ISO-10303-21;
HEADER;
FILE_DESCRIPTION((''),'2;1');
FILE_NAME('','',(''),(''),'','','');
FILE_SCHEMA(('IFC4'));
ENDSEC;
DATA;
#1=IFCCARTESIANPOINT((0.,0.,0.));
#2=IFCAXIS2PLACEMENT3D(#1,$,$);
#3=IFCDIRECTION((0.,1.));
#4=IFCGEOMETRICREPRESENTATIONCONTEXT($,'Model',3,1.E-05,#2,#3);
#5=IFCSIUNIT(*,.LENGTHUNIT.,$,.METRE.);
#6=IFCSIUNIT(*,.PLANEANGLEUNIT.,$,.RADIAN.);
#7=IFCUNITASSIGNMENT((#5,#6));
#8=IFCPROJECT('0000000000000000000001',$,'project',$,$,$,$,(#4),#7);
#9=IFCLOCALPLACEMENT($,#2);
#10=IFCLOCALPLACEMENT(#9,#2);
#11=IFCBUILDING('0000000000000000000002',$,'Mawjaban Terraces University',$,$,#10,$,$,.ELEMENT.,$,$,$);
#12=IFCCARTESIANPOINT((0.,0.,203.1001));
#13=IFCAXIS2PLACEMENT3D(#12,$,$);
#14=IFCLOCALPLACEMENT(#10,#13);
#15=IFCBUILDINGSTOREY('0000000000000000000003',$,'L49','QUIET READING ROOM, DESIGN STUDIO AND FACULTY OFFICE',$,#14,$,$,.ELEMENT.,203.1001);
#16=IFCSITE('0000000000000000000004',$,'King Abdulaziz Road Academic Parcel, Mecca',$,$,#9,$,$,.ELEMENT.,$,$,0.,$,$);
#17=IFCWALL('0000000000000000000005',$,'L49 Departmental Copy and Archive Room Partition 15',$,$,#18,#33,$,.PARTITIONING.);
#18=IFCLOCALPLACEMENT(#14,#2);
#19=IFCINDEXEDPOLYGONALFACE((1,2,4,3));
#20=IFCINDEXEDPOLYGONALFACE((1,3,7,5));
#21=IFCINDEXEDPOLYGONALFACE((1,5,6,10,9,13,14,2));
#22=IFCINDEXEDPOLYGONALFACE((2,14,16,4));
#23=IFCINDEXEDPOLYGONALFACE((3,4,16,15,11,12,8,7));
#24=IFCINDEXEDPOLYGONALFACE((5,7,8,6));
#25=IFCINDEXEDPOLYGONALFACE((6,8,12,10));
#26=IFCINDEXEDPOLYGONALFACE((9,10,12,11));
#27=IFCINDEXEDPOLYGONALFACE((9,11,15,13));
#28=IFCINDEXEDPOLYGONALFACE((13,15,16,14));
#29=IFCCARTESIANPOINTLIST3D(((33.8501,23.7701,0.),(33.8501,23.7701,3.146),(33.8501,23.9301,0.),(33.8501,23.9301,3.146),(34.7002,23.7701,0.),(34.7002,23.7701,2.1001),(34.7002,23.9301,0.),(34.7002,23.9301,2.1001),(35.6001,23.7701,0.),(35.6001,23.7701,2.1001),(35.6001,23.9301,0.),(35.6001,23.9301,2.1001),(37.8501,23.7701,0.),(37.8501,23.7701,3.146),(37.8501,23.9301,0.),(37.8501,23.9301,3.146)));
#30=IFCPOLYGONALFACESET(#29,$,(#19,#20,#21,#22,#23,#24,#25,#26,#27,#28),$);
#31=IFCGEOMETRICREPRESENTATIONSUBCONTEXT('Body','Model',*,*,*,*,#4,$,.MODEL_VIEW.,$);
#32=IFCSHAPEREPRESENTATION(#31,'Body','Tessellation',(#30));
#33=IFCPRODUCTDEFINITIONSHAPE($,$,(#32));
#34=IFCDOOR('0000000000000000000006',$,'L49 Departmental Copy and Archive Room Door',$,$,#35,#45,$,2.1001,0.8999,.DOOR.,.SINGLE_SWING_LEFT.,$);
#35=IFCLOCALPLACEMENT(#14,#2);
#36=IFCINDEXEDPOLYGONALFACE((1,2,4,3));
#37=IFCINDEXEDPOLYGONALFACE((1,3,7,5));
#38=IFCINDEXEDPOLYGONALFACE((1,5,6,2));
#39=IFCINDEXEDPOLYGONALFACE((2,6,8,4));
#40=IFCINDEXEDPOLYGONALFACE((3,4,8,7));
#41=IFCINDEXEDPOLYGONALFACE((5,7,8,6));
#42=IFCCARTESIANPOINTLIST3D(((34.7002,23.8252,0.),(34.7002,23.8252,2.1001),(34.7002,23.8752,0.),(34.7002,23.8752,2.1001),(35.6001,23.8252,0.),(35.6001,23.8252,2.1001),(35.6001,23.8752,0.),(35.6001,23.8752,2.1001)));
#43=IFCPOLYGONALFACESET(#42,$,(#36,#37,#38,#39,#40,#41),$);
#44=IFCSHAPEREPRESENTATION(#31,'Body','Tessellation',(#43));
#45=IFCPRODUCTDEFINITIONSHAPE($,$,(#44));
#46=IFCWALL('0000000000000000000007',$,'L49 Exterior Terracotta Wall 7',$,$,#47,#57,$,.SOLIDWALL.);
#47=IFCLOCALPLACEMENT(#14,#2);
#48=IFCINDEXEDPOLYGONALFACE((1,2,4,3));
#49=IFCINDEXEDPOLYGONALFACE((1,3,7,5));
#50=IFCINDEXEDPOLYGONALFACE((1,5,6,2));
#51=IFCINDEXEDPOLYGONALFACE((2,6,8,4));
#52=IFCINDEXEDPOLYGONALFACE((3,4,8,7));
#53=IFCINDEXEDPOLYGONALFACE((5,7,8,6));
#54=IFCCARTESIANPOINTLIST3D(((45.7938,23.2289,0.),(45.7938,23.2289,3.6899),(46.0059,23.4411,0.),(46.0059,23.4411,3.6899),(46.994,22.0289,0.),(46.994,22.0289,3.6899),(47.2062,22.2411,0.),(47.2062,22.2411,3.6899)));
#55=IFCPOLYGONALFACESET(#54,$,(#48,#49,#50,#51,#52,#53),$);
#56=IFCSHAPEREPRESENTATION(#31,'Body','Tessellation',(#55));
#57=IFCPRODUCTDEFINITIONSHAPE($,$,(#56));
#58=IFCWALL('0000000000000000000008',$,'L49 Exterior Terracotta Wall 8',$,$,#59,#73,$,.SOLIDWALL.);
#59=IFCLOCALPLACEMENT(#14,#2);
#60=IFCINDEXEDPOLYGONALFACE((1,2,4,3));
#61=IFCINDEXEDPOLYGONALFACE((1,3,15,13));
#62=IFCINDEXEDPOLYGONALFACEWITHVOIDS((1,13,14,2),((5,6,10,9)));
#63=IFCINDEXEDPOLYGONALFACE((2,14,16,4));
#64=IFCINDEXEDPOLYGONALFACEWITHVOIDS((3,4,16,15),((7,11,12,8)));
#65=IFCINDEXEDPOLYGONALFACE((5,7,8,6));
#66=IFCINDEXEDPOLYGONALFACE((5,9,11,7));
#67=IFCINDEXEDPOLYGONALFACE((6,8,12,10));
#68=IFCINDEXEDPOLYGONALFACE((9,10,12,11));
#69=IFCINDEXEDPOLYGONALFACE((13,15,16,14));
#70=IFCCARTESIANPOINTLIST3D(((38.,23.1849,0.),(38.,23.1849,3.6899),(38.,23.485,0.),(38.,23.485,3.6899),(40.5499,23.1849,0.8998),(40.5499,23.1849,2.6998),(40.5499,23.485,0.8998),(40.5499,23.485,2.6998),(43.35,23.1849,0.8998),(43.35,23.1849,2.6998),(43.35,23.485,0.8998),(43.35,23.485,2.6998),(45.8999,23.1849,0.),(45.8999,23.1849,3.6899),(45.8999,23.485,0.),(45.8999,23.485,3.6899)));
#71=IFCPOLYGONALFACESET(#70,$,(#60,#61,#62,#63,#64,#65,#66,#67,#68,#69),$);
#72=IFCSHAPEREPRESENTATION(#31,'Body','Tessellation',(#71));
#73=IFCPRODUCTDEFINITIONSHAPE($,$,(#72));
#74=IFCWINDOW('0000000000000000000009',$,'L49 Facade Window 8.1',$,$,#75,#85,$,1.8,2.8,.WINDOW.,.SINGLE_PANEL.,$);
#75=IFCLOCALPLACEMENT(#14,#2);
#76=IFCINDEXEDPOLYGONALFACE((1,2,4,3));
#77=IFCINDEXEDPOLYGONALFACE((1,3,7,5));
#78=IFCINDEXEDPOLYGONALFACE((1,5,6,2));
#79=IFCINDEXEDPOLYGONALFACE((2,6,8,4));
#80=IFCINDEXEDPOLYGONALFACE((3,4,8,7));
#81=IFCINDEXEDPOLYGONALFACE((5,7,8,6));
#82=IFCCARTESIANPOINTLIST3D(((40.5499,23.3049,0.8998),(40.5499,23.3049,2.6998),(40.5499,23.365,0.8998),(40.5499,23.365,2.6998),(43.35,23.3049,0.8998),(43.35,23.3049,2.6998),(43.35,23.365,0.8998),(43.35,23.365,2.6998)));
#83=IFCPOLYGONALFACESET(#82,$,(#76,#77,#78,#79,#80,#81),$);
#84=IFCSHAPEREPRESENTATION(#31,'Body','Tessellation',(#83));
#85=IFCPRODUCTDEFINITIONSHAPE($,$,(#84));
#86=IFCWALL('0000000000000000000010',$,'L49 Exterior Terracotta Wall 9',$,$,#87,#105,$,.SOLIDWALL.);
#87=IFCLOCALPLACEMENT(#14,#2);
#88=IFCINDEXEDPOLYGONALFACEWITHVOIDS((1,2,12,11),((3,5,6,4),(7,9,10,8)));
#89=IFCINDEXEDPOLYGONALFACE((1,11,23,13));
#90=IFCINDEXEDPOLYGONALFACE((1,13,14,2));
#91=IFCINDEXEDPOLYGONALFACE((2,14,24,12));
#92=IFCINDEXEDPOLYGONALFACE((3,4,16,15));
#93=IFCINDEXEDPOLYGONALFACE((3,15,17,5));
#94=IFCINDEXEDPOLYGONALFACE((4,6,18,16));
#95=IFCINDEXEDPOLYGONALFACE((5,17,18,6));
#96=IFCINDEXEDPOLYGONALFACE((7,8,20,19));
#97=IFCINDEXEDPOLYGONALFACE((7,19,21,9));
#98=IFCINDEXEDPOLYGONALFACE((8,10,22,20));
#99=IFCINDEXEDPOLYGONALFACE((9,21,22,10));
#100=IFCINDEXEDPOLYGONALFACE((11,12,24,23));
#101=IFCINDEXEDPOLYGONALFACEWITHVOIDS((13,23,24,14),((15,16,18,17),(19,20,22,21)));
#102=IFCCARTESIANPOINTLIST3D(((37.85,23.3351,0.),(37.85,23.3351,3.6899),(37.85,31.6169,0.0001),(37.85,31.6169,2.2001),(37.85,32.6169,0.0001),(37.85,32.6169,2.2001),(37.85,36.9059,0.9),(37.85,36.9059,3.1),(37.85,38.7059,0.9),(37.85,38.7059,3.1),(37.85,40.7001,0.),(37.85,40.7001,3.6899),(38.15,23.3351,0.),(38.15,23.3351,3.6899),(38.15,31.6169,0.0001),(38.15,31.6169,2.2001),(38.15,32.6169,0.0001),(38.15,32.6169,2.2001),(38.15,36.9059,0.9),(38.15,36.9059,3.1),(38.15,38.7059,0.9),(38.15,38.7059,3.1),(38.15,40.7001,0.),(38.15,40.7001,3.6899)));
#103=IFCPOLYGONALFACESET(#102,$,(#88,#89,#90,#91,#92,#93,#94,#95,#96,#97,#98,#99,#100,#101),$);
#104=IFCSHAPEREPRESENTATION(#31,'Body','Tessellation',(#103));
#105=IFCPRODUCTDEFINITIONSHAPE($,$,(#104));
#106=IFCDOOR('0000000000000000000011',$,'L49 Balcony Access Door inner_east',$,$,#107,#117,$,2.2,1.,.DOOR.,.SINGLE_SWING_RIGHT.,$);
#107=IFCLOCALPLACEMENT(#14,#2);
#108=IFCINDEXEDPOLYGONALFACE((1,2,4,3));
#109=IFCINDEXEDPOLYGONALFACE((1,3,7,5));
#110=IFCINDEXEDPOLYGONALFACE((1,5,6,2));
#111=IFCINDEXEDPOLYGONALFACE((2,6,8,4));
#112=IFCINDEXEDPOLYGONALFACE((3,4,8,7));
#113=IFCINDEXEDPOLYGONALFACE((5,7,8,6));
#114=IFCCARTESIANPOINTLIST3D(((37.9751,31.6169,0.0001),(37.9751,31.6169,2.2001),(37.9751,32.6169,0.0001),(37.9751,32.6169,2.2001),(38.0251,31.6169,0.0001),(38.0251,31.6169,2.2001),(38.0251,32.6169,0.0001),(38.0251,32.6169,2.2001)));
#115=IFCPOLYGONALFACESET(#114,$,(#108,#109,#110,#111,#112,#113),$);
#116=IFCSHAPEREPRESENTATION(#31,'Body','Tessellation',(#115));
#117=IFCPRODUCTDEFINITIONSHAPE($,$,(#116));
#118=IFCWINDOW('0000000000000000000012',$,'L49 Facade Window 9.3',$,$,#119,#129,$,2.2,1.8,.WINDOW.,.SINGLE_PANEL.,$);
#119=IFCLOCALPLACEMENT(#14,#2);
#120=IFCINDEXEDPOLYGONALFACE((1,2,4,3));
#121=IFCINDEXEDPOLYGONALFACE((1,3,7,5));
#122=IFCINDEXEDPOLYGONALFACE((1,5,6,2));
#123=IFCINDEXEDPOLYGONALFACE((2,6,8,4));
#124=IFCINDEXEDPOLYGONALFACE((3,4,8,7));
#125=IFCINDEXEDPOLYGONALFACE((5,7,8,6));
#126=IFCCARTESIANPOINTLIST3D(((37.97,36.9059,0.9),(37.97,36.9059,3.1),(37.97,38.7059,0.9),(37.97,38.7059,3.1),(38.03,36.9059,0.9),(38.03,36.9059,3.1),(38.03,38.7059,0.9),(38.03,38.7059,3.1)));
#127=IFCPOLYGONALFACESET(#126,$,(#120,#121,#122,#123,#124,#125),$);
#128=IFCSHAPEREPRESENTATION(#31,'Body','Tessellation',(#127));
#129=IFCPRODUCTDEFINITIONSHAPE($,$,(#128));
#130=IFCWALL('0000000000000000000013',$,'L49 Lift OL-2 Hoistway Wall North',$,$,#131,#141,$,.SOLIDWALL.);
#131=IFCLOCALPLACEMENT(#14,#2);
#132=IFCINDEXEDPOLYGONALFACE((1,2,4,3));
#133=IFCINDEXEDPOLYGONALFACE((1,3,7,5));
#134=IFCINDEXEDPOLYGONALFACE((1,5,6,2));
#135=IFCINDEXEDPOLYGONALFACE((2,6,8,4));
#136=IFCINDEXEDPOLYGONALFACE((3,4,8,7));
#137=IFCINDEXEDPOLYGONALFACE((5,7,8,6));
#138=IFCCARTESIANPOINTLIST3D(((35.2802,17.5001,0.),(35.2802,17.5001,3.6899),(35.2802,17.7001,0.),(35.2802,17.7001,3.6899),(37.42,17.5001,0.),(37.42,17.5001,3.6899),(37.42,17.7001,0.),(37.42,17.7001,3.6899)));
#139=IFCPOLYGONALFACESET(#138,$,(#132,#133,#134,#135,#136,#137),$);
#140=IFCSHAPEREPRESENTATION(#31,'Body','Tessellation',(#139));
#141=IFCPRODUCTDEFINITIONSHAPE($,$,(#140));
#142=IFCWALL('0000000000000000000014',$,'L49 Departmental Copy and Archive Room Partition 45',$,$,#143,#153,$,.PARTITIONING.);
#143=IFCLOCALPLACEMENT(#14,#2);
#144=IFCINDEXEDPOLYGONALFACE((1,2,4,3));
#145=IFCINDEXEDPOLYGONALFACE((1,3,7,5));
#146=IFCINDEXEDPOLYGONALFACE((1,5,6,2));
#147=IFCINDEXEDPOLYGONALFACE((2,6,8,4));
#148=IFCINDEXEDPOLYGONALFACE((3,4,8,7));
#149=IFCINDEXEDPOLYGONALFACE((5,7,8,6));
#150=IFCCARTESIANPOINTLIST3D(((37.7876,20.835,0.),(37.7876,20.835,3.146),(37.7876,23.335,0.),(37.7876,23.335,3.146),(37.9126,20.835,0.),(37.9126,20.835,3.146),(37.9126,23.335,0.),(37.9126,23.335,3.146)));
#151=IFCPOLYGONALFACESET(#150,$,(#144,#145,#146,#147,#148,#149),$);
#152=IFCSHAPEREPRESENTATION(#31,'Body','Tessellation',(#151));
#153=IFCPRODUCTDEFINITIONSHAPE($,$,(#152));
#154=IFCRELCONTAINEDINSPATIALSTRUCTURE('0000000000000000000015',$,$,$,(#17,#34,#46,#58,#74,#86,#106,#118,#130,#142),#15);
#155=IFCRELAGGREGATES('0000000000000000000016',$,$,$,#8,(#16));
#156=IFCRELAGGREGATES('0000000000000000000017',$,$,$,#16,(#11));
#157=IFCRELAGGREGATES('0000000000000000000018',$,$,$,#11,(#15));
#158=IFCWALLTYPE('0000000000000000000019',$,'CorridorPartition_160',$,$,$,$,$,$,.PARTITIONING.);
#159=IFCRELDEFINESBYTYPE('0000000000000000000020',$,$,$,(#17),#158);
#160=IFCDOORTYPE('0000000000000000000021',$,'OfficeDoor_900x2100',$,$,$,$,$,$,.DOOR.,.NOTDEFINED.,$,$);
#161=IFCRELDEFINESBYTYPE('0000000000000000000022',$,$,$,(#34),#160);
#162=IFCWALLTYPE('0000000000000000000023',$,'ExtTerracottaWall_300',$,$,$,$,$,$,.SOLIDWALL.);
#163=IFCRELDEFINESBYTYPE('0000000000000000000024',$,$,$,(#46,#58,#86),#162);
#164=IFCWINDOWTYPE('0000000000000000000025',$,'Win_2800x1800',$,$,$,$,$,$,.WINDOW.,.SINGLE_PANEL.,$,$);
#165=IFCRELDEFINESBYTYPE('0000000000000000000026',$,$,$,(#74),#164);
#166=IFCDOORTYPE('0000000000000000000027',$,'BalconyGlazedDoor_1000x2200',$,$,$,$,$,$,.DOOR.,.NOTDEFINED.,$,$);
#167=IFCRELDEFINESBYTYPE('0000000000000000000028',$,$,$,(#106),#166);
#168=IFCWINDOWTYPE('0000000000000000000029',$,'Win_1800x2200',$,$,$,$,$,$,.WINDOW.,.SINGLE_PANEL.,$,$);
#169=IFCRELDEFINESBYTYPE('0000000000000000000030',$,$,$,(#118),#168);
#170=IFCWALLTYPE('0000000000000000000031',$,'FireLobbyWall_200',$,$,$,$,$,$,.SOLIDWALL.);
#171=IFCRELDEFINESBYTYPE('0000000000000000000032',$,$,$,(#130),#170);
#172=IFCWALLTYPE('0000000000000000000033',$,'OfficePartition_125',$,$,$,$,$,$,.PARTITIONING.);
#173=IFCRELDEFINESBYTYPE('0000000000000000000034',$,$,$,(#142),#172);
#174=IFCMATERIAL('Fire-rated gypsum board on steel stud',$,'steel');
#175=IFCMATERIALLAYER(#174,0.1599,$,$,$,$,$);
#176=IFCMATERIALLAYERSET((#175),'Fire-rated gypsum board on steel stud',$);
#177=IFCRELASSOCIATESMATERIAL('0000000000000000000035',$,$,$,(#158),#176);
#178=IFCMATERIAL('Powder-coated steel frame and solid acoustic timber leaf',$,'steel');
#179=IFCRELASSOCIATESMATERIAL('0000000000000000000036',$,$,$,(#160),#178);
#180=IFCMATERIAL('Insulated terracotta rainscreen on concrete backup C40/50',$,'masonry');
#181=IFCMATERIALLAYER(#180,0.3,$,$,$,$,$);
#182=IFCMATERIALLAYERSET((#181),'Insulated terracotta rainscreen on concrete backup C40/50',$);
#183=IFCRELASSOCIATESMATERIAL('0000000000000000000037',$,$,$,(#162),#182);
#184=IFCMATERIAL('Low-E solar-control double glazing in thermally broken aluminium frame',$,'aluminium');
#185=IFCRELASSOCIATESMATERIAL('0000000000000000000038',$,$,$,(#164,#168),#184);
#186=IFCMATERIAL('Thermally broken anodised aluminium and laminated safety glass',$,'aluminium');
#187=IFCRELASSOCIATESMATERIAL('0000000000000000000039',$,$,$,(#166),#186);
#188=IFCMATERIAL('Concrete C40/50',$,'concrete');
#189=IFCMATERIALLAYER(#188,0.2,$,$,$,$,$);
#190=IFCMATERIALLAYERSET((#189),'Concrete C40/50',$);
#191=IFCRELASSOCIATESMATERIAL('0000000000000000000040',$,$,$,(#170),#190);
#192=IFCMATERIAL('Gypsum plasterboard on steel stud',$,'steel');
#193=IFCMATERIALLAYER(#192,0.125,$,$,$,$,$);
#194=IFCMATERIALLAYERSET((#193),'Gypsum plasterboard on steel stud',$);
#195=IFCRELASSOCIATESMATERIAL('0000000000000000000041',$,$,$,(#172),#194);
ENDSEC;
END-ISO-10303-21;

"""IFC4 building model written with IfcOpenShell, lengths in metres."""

from ifc_helpers import new_model, si_unit, direction, frame, frame_2d, origin, place, context, subcontext, project, spatial, rectangle, extrude, material, layer, layer_set, type_object, element, fill, save


model = new_model("IFC4")

# Units and contexts
model_context = context("Model", 3, precision=1e-05, world=origin(), true_north=direction((0.0, 1.0)))
body_context = subcontext(model_context, "Body", "Model", "MODEL_VIEW")
ifc_project = project(units=[si_unit("LENGTHUNIT", "METRE"), si_unit("PLANEANGLEUNIT", "RADIAN")], contexts=[model_context])

# Site, building, storey
site_placement = place(None, origin())
site = spatial("IfcSite", under=ifc_project, at=site_placement, Name="King Abdulaziz Road Academic Parcel, Mecca", CompositionType="ELEMENT", RefElevation=0.0)
building_placement = place(site_placement, origin())
building = spatial("IfcBuilding", under=site, at=building_placement, Name="Mawjaban Terraces University", CompositionType="ELEMENT")
storey_placement = place(building_placement, frame((0.0, 0.0, 203.1001)))
storey = spatial("IfcBuildingStorey", under=building, at=storey_placement, Name="L49", Description="QUIET READING ROOM, DESIGN STUDIO AND FACULTY OFFICE", CompositionType="ELEMENT", Elevation=203.1001)

# Wall, opening, door
ifc_material_1 = material(Name="Fire-rated gypsum board on steel stud", Category="steel")
ifc_layer_1 = layer(ifc_material_1, 0.1599)
ifc_layer_set_1 = layer_set([ifc_layer_1], Name="Fire-rated gypsum board on steel stud")
wall_type_1 = type_object("IfcWallType", Name="CorridorPartition_160", PredefinedType="PARTITIONING", material=ifc_layer_set_1)
wall_1_placement = place(storey_placement, frame((37.8501, 23.8501, 0.0), z_axis=(0.0, 0.0, 1.0), x_axis=(-1.0, 0.0, 0.0)))
wall_1 = element("IfcWall", 1, at=wall_1_placement, inside=storey, type_object=wall_type_1, Name="L49 Departmental Copy and Archive Room Partition 15", PredefinedType="PARTITIONING", context=body_context, shape_type="SweptSolid", body=[
    extrude(rectangle(XDim=4.0, YDim=0.1599, at=frame_2d((2.0, 0.0))), origin(), (0.0, 0.0, 1.0), 3.146),
])
opening_1_placement = place(wall_1_placement, frame((2.25, 0.0, 0.0)))
opening_1 = element("IfcOpeningElement", 2, at=opening_1_placement, cuts=wall_1, PredefinedType="OPENING", context=body_context, shape_type="SweptSolid", body=[
    extrude(rectangle(XDim=0.8999, YDim=2.1001, at=frame_2d((0.45, 1.05))), frame((0.0, 0.0898, 0.0), z_axis=(0.0, -1.0, 0.0), x_axis=(1.0, 0.0, 0.0)), (0.0, 0.0, 1.0), 0.1799),
])
ifc_material_2 = material(Name="Powder-coated steel frame and solid acoustic timber leaf", Category="steel")
door_type_1 = type_object("IfcDoorType", Name="OfficeDoor_900x2100", OperationType="NOTDEFINED", PredefinedType="DOOR", material=ifc_material_2)
door_1_placement = place(opening_1_placement, origin())
door_1 = element("IfcDoor", 3, at=door_1_placement, inside=storey, type_object=door_type_1, Name="L49 Departmental Copy and Archive Room Door", OperationType="SINGLE_SWING_LEFT", OverallHeight=2.1001, OverallWidth=0.8999, PredefinedType="DOOR", context=body_context, shape_type="SweptSolid", body=[
    extrude(rectangle(XDim=0.8999, YDim=2.1001, at=frame_2d((0.45, 1.05))), frame((0.0, 0.0249, 0.0), z_axis=(0.0, -1.0, 0.0), x_axis=(1.0, 0.0, 0.0)), (0.0, 0.0, 1.0), 0.05),
])
fill(opening_1, door_1)

# Wall
ifc_material_3 = material(Name="Insulated terracotta rainscreen on concrete backup C40/50", Category="masonry")
ifc_layer_2 = layer(ifc_material_3, 0.3)
ifc_layer_set_2 = layer_set([ifc_layer_2], Name="Insulated terracotta rainscreen on concrete backup C40/50")
wall_type_2 = type_object("IfcWallType", Name="ExtTerracottaWall_300", PredefinedType="SOLIDWALL", material=ifc_layer_set_2)
wall_2_placement = place(storey_placement, frame((47.1001, 22.135, 0.0), z_axis=(0.0, 0.0, 1.0), x_axis=(-0.707179, 0.707035, 0.0)))
element("IfcWall", 4, at=wall_2_placement, inside=storey, type_object=wall_type_2, Name="L49 Exterior Terracotta Wall 7", PredefinedType="SOLIDWALL", context=body_context, shape_type="SweptSolid", body=[
    extrude(rectangle(XDim=1.6973, YDim=0.3, at=frame_2d((0.8486, 0.0))), origin(), (0.0, 0.0, 1.0), 3.6899),
])

# Wall, opening, window
wall_3_placement = place(storey_placement, frame((45.8999, 23.335, 0.0), z_axis=(0.0, 0.0, 1.0), x_axis=(-1.0, 0.0, 0.0)))
wall_3 = element("IfcWall", 5, at=wall_3_placement, inside=storey, type_object=wall_type_2, Name="L49 Exterior Terracotta Wall 8", PredefinedType="SOLIDWALL", context=body_context, shape_type="SweptSolid", body=[
    extrude(rectangle(XDim=7.8999, YDim=0.3, at=frame_2d((3.95, 0.0))), origin(), (0.0, 0.0, 1.0), 3.6899),
])
opening_2_placement = place(wall_3_placement, frame((2.55, 0.0, 0.8999)))
opening_2 = element("IfcOpeningElement", 6, at=opening_2_placement, cuts=wall_3, PredefinedType="OPENING", context=body_context, shape_type="SweptSolid", body=[
    extrude(rectangle(XDim=2.8, YDim=1.8, at=frame_2d((1.3999, 0.8999))), frame((0.0, 0.1599, 0.0), z_axis=(0.0, -1.0, 0.0), x_axis=(1.0, 0.0, 0.0)), (0.0, 0.0, 1.0), 0.3201),
])
ifc_material_4 = material(Name="Low-E solar-control double glazing in thermally broken aluminium frame", Category="aluminium")
window_type_1 = type_object("IfcWindowType", Name="Win_2800x1800", PartitioningType="SINGLE_PANEL", PredefinedType="WINDOW", material=ifc_material_4)
window_1_placement = place(opening_2_placement, origin())
window_1 = element("IfcWindow", 7, at=window_1_placement, inside=storey, type_object=window_type_1, Name="L49 Facade Window 8.1", OverallHeight=1.8, OverallWidth=2.8, PartitioningType="SINGLE_PANEL", PredefinedType="WINDOW", context=body_context, shape_type="SweptSolid", body=[
    extrude(rectangle(XDim=2.8, YDim=1.8, at=frame_2d((1.3999, 0.8999))), frame((0.0, 0.03, 0.0), z_axis=(0.0, -1.0, 0.0), x_axis=(1.0, 0.0, 0.0)), (0.0, 0.0, 1.0), 0.0601),
])
fill(opening_2, window_1)

# Wall, openings, door, window
wall_4_placement = place(storey_placement, frame((38.0, 23.335, 0.0), z_axis=(0.0, 0.0, 1.0), x_axis=(0.0, 1.0, 0.0)))
wall_4 = element("IfcWall", 8, at=wall_4_placement, inside=storey, type_object=wall_type_2, Name="L49 Exterior Terracotta Wall 9", PredefinedType="SOLIDWALL", context=body_context, shape_type="SweptSolid", body=[
    extrude(rectangle(XDim=17.365, YDim=0.3, at=frame_2d((8.6826, 0.0))), origin(), (0.0, 0.0, 1.0), 3.6899),
])
opening_3_placement = place(wall_4_placement, frame((8.282, 0.0, 0.0)))
opening_3 = element("IfcOpeningElement", 9, at=opening_3_placement, cuts=wall_4, PredefinedType="OPENING", context=body_context, shape_type="SweptSolid", body=[
    extrude(rectangle(XDim=1.0, YDim=2.2, at=frame_2d((0.5, 1.1001))), frame((0.0, 0.1599, 0.0), z_axis=(0.0, -1.0, 0.0), x_axis=(1.0, 0.0, 0.0)), (0.0, 0.0, 1.0), 0.3201),
])
opening_4_placement = place(wall_4_placement, frame((13.571, 0.0, 0.8999)))
opening_4 = element("IfcOpeningElement", 10, at=opening_4_placement, cuts=wall_4, PredefinedType="OPENING", context=body_context, shape_type="SweptSolid", body=[
    extrude(rectangle(XDim=1.8, YDim=2.2, at=frame_2d((0.8999, 1.1001))), frame((0.0, 0.1599, 0.0), z_axis=(0.0, -1.0, 0.0), x_axis=(1.0, 0.0, 0.0)), (0.0, 0.0, 1.0), 0.3201),
])
ifc_material_5 = material(Name="Thermally broken anodised aluminium and laminated safety glass", Category="aluminium")
door_type_2 = type_object("IfcDoorType", Name="BalconyGlazedDoor_1000x2200", OperationType="NOTDEFINED", PredefinedType="DOOR", material=ifc_material_5)
door_2_placement = place(opening_3_placement, origin())
door_2 = element("IfcDoor", 11, at=door_2_placement, inside=storey, type_object=door_type_2, Name="L49 Balcony Access Door inner_east", OperationType="SINGLE_SWING_RIGHT", OverallHeight=2.2, OverallWidth=1.0, PredefinedType="DOOR", context=body_context, shape_type="SweptSolid", body=[
    extrude(rectangle(XDim=1.0, YDim=2.2, at=frame_2d((0.5, 1.1001))), frame((0.0, 0.0249, 0.0), z_axis=(0.0, -1.0, 0.0), x_axis=(1.0, 0.0, 0.0)), (0.0, 0.0, 1.0), 0.05),
])
fill(opening_3, door_2)
window_type_2 = type_object("IfcWindowType", Name="Win_1800x2200", PartitioningType="SINGLE_PANEL", PredefinedType="WINDOW", material=ifc_material_4)
window_2_placement = place(opening_4_placement, origin())
window_2 = element("IfcWindow", 12, at=window_2_placement, inside=storey, type_object=window_type_2, Name="L49 Facade Window 9.3", OverallHeight=2.2, OverallWidth=1.8, PartitioningType="SINGLE_PANEL", PredefinedType="WINDOW", context=body_context, shape_type="SweptSolid", body=[
    extrude(rectangle(XDim=1.8, YDim=2.2, at=frame_2d((0.8999, 1.1001))), frame((0.0, 0.03, 0.0), z_axis=(0.0, -1.0, 0.0), x_axis=(1.0, 0.0, 0.0)), (0.0, 0.0, 1.0), 0.0601),
])
fill(opening_4, window_2)

# Walls
ifc_material_6 = material(Name="Concrete C40/50", Category="concrete")
ifc_layer_3 = layer(ifc_material_6, 0.2)
ifc_layer_set_3 = layer_set([ifc_layer_3], Name="Concrete C40/50")
wall_type_3 = type_object("IfcWallType", Name="FireLobbyWall_200", PredefinedType="SOLIDWALL", material=ifc_layer_set_3)
wall_5_placement = place(storey_placement, frame((37.4199, 17.6001, 0.0), z_axis=(0.0, 0.0, 1.0), x_axis=(-1.0, 0.0, 0.0)))
element("IfcWall", 13, at=wall_5_placement, inside=storey, type_object=wall_type_3, Name="L49 Lift OL-2 Hoistway Wall North", PredefinedType="SOLIDWALL", context=body_context, shape_type="SweptSolid", body=[
    extrude(rectangle(XDim=2.1399, YDim=0.2, at=frame_2d((1.0698, 0.0))), origin(), (0.0, 0.0, 1.0), 3.6899),
])
ifc_material_7 = material(Name="Gypsum plasterboard on steel stud", Category="steel")
ifc_layer_4 = layer(ifc_material_7, 0.125)
ifc_layer_set_4 = layer_set([ifc_layer_4], Name="Gypsum plasterboard on steel stud")
wall_type_4 = type_object("IfcWallType", Name="OfficePartition_125", PredefinedType="PARTITIONING", material=ifc_layer_set_4)
wall_6_placement = place(storey_placement, frame((37.8501, 20.835, 0.0), z_axis=(0.0, 0.0, 1.0), x_axis=(0.0, 1.0, 0.0)))
element("IfcWall", 14, at=wall_6_placement, inside=storey, type_object=wall_type_4, Name="L49 Departmental Copy and Archive Room Partition 45", PredefinedType="PARTITIONING", context=body_context, shape_type="SweptSolid", body=[
    extrude(rectangle(XDim=2.5, YDim=0.125, at=frame_2d((1.25, 0.0))), origin(), (0.0, 0.0, 1.0), 3.146),
])

save(model, "model.ifc")
